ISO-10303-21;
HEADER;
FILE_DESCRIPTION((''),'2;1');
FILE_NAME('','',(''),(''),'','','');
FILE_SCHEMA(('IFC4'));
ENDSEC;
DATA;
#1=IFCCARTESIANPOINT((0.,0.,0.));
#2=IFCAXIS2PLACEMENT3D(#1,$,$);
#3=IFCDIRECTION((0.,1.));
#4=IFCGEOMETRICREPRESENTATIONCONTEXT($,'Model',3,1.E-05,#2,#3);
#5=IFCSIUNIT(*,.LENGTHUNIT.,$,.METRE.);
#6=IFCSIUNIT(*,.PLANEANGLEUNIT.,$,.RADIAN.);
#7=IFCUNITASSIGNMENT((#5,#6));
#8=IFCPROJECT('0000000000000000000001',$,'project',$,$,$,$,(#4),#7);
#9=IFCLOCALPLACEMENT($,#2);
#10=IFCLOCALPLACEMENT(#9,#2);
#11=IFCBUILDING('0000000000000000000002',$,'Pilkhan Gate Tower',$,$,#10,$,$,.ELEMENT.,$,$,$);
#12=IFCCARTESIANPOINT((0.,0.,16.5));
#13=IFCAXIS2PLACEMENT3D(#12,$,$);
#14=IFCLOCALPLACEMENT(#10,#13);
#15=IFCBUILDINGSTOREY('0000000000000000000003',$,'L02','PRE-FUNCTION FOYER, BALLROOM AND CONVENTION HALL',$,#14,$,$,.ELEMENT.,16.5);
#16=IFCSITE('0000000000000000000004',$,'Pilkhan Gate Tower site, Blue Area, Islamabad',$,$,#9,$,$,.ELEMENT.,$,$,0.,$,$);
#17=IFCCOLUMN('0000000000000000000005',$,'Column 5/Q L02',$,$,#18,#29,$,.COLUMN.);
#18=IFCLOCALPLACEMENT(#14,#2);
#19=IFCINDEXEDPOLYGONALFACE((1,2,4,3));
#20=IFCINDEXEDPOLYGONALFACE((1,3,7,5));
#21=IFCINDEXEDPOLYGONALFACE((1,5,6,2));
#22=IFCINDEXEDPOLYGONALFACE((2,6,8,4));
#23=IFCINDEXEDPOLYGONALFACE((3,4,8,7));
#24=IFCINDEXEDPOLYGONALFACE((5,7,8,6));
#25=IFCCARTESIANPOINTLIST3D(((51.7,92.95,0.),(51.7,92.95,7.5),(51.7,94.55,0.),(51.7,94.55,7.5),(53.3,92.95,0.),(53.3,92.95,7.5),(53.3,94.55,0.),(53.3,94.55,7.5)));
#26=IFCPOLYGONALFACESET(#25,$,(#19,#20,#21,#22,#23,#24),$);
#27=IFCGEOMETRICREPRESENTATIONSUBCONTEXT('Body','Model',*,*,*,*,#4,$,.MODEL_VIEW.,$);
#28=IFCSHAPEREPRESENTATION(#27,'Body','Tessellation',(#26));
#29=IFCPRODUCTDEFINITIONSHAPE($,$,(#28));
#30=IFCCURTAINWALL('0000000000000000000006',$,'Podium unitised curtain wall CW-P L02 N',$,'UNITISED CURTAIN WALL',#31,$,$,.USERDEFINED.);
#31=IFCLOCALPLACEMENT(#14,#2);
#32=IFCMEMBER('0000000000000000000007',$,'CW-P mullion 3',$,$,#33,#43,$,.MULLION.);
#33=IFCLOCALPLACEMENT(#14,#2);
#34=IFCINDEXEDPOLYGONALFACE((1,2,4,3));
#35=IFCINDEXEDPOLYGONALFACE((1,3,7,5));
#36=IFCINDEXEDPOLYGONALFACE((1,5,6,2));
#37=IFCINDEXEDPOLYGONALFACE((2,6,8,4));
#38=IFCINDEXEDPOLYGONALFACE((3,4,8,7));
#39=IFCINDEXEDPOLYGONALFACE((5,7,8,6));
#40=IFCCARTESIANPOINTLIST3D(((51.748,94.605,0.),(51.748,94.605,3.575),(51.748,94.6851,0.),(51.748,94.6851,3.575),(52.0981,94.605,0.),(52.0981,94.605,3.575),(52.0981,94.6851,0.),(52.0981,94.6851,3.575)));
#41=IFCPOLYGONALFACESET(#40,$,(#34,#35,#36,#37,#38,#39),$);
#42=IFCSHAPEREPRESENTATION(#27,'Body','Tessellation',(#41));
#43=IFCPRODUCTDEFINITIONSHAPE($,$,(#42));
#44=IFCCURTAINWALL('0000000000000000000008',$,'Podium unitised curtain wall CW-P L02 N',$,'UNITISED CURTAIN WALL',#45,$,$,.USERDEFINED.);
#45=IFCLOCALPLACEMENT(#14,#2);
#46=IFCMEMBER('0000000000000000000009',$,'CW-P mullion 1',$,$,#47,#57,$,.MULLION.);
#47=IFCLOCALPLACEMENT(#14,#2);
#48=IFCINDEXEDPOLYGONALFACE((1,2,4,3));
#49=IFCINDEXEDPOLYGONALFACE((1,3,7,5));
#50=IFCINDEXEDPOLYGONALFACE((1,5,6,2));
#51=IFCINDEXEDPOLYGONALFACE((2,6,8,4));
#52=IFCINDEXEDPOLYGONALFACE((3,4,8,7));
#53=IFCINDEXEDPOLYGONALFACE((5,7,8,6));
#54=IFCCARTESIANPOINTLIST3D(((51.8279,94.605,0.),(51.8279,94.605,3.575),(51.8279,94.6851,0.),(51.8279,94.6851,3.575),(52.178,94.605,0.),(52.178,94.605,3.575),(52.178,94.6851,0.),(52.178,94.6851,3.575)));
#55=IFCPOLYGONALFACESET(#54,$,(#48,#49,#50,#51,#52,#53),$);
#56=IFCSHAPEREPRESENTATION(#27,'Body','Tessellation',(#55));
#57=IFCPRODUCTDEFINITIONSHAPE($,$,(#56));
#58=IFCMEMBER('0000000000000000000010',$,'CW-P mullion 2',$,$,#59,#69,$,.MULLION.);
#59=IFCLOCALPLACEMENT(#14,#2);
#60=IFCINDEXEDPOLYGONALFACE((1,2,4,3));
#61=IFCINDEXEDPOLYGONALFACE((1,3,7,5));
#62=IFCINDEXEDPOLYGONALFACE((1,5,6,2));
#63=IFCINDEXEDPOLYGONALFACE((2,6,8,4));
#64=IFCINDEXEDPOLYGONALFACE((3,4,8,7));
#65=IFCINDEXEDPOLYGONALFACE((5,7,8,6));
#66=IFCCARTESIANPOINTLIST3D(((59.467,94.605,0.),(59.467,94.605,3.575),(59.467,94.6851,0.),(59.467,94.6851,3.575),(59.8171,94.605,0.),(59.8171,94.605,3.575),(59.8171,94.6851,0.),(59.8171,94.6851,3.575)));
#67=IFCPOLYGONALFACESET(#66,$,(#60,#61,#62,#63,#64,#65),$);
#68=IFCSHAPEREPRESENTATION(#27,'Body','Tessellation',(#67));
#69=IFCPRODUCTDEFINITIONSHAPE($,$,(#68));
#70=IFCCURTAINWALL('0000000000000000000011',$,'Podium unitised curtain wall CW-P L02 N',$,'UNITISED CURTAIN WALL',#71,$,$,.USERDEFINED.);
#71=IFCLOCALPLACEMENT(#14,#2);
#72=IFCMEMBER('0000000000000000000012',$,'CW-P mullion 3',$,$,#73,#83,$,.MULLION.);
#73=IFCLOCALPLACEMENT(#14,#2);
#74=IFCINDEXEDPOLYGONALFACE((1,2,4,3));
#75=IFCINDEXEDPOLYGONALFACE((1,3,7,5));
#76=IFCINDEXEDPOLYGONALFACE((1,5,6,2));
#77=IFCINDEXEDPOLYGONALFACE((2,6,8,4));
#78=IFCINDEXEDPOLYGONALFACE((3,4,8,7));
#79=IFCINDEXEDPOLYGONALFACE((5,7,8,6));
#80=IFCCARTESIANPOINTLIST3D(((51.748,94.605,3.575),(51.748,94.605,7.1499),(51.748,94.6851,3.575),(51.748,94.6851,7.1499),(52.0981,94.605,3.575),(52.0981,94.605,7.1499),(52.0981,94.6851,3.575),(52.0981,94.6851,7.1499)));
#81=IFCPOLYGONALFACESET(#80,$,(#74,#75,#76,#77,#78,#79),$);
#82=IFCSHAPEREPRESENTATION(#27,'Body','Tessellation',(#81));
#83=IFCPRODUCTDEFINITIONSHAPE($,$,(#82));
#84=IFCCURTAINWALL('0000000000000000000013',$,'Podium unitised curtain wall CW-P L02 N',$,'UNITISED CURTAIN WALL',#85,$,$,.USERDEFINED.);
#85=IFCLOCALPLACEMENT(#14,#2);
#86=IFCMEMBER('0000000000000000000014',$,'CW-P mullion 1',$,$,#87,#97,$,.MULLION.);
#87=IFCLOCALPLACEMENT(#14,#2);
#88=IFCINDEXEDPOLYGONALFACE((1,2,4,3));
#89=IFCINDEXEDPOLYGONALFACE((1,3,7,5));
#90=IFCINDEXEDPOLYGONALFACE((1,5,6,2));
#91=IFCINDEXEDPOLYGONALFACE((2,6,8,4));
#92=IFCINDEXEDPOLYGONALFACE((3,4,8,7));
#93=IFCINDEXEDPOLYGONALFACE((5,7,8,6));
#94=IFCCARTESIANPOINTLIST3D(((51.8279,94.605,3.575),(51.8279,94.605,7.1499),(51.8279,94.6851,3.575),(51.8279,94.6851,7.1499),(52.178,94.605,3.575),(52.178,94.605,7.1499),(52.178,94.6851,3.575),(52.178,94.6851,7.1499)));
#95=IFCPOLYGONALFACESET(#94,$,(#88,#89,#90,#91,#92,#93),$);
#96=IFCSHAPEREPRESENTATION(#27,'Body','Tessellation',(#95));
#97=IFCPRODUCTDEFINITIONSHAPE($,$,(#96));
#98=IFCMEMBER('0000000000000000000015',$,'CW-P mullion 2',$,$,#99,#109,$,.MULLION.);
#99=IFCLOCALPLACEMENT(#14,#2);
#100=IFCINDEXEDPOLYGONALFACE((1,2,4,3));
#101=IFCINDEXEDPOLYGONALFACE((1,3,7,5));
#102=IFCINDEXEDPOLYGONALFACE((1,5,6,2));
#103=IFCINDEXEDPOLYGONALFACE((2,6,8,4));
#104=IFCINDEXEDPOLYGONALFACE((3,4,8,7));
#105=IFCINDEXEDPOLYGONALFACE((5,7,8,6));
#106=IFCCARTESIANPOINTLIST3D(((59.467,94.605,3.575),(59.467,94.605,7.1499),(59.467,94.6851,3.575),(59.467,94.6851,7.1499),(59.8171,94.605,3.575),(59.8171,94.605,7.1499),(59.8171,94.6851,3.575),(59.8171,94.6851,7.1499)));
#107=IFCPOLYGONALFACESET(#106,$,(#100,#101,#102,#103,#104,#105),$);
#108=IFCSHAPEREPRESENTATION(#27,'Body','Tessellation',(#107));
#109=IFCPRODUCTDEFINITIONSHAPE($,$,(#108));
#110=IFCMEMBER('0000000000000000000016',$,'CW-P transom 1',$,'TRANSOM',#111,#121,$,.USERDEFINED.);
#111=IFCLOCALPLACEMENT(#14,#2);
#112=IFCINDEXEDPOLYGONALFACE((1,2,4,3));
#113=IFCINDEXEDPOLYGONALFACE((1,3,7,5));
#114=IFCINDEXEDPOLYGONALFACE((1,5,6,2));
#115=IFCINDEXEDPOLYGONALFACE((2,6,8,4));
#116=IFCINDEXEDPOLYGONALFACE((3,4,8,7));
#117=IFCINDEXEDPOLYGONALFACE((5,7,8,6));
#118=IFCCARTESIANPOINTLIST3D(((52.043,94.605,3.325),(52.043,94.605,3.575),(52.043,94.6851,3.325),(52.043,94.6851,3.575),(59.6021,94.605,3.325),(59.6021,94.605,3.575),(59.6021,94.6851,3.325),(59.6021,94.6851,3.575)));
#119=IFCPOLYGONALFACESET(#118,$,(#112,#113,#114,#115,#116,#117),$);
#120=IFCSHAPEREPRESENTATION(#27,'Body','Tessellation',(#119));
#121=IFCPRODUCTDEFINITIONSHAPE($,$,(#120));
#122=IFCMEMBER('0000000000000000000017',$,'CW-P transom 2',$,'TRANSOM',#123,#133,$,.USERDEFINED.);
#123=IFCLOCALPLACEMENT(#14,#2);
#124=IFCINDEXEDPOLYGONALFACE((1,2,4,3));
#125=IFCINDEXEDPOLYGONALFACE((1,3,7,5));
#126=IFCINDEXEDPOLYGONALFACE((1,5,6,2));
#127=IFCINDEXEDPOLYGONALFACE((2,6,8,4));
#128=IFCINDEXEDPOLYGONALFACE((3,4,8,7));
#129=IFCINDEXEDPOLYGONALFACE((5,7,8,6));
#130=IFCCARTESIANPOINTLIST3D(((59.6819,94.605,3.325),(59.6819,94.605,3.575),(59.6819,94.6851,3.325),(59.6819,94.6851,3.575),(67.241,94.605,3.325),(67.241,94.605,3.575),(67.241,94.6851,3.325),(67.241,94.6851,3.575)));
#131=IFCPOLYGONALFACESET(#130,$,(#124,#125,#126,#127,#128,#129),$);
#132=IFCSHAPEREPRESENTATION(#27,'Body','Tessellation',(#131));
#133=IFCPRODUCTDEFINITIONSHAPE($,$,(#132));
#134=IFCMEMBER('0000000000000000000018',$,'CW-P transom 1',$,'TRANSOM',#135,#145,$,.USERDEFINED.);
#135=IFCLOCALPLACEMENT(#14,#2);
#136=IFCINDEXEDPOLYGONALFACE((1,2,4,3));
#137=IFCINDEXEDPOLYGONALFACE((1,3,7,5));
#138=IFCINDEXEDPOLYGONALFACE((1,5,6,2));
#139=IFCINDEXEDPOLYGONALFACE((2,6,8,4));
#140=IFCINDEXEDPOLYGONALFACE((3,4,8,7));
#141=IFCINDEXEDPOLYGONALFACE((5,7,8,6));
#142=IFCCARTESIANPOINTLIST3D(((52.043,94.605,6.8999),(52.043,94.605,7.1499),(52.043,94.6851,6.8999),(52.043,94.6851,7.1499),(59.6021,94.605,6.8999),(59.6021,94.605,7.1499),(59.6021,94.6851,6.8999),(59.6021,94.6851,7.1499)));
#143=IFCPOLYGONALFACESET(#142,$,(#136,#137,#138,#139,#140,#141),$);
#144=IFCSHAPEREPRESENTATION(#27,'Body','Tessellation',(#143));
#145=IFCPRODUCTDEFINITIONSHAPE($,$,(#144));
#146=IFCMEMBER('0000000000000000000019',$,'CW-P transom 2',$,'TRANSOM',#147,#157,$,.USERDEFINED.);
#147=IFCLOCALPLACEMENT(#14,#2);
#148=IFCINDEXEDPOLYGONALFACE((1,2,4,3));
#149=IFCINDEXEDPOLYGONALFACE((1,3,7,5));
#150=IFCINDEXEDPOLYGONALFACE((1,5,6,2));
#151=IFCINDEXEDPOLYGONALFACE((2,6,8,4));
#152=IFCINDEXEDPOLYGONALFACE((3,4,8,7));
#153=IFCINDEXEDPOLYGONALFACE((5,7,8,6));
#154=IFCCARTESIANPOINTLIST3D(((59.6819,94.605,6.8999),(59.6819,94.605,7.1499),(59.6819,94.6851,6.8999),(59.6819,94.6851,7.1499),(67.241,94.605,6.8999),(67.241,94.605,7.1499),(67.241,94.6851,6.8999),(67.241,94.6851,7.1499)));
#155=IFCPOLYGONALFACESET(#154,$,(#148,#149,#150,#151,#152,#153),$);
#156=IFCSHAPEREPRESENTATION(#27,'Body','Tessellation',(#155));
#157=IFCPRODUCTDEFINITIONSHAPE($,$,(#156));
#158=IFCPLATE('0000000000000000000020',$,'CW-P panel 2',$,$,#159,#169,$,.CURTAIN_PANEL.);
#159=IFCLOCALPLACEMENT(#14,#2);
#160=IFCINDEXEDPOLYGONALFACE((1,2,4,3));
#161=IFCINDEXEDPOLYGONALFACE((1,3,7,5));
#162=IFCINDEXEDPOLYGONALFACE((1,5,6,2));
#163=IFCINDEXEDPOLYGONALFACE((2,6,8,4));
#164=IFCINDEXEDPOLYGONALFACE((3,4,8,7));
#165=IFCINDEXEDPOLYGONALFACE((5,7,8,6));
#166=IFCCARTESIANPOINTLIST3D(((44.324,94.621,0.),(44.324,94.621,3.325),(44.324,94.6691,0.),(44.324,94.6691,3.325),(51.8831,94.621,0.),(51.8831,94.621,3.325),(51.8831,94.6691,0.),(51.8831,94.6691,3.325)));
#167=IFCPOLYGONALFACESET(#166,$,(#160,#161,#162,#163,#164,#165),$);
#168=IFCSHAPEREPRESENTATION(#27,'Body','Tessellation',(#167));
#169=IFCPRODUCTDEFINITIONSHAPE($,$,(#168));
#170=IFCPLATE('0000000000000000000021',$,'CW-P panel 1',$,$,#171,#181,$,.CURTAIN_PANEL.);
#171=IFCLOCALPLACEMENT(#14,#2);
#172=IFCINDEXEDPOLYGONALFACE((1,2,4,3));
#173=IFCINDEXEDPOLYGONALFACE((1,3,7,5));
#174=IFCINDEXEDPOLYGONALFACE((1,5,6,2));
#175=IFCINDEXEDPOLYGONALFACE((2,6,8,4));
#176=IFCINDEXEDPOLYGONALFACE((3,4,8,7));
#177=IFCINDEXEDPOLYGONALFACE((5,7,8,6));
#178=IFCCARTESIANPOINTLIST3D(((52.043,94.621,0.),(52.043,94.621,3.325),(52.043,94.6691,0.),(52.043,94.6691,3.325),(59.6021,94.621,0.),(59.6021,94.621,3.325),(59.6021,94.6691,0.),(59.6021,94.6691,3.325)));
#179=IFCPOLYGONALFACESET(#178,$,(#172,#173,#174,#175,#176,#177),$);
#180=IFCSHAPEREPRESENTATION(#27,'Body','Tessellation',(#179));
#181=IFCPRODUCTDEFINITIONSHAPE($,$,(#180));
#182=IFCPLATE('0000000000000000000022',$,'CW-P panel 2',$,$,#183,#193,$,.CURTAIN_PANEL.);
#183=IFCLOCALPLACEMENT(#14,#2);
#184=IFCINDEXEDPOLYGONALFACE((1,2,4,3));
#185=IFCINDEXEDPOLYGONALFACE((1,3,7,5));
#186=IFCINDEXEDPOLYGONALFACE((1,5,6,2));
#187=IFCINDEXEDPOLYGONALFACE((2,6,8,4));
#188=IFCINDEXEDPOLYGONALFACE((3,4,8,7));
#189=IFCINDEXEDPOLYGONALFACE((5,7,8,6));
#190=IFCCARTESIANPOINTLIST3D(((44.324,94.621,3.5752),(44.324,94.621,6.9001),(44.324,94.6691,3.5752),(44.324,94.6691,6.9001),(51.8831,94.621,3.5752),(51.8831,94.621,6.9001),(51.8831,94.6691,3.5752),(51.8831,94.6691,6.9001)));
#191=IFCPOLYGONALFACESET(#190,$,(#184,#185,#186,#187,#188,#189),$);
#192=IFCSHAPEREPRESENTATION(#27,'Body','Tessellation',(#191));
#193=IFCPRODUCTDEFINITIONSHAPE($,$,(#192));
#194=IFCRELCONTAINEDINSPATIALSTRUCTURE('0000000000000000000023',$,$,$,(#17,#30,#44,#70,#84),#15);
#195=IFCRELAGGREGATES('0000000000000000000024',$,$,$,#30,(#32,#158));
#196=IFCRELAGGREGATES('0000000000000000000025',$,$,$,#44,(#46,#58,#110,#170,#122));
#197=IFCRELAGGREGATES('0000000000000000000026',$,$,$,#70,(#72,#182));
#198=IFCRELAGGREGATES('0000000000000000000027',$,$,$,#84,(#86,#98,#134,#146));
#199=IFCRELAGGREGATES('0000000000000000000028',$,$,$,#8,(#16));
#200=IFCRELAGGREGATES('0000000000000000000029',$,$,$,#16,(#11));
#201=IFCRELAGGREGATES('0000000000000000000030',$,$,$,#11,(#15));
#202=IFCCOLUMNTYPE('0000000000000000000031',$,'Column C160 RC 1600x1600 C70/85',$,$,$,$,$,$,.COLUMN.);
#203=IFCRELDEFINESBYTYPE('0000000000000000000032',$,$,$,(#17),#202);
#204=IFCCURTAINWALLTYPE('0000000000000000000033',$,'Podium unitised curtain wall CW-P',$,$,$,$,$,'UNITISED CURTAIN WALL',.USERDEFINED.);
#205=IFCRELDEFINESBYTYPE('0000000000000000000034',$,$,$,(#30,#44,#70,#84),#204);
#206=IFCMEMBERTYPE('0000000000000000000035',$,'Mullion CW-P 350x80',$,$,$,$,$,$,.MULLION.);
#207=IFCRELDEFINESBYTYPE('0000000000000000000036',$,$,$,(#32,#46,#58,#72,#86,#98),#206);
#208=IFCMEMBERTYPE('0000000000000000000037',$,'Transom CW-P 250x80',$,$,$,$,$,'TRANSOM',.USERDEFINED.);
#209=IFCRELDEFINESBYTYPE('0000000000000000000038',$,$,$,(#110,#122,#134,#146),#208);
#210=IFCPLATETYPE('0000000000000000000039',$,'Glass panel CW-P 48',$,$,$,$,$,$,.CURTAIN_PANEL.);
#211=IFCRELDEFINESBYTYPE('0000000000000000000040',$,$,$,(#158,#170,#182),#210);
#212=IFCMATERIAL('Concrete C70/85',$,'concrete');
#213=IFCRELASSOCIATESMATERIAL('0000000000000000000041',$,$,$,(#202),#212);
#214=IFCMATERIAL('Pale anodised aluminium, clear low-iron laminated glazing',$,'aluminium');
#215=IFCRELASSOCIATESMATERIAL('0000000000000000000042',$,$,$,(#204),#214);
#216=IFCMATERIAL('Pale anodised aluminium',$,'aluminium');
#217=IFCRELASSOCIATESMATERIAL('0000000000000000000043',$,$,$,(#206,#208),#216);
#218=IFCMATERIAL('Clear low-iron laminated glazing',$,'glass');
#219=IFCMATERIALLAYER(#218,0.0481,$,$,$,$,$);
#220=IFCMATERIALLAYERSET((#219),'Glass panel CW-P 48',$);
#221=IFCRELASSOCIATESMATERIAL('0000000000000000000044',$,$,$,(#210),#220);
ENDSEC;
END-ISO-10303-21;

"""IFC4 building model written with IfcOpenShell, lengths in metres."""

from ifc_helpers import new_model, si_unit, direction, frame, origin, origin_2d, place, context, subcontext, project, spatial, rectangle, extrude, material, layer, layer_set, material_profile, profile_set, type_object, element, aggregate, save


model = new_model("IFC4")

# Units and contexts
model_context = context("Model", 3, precision=1e-05, world=origin(), true_north=direction((0.0, 1.0)))
body_context = subcontext(model_context, "Body", "Model", "MODEL_VIEW")
ifc_project = project(units=[si_unit("LENGTHUNIT", "METRE"), si_unit("PLANEANGLEUNIT", "RADIAN")], contexts=[model_context])

# Site, building, storey
site_placement = place(None, origin())
site = spatial("IfcSite", under=ifc_project, at=site_placement, Name="Pilkhan Gate Tower site, Blue Area, Islamabad", CompositionType="ELEMENT", RefElevation=0.0)
building_placement = place(site_placement, origin())
building = spatial("IfcBuilding", under=site, at=building_placement, Name="Pilkhan Gate Tower", CompositionType="ELEMENT")
storey_placement = place(building_placement, frame((0.0, 0.0, 16.5)))
storey = spatial("IfcBuildingStorey", under=building, at=storey_placement, Name="L02", Description="PRE-FUNCTION FOYER, BALLROOM AND CONVENTION HALL", CompositionType="ELEMENT", Elevation=16.5)

# Column
ifc_material_1 = material(Name="Concrete C70/85", Category="concrete")
ifc_material_profile_1 = material_profile(ifc_material_1, rectangle(XDim=1.6001, YDim=1.6001, at=origin_2d()), Name="RC 1600x1600")
ifc_profile_set_1 = profile_set([ifc_material_profile_1], Name="Concrete C70/85")
column_type = type_object("IfcColumnType", Name="Column C160 RC 1600x1600 C70/85", PredefinedType="COLUMN", material=ifc_profile_set_1)
column_placement = place(storey_placement, frame((52.5, 93.75, 0.0), z_axis=(0.0, 0.0, 1.0), x_axis=(1.0, 0.0, 0.0)))
element("IfcColumn", 1, at=column_placement, inside=storey, type_object=column_type, Name="Column 5/Q L02", PredefinedType="COLUMN", context=body_context, shape_type="SweptSolid", body=[
    extrude(rectangle(XDim=1.6001, YDim=1.6001, at=origin_2d()), origin(), (0.0, 0.0, 1.0), 7.5),
])

# Curtain wall, member
ifc_material_2 = material(Name="Pale anodised aluminium, clear low-iron laminated glazing", Category="aluminium")
curtain_wall_type = type_object("IfcCurtainWallType", Name="Podium unitised curtain wall CW-P", ElementType="UNITISED CURTAIN WALL", PredefinedType="USERDEFINED", material=ifc_material_2)
curtain_wall_1_placement = place(storey_placement, origin())
curtain_wall_1 = element("IfcCurtainWall", 2, at=curtain_wall_1_placement, inside=storey, type_object=curtain_wall_type, Name="Podium unitised curtain wall CW-P L02 N", ObjectType="UNITISED CURTAIN WALL", PredefinedType="USERDEFINED")
ifc_material_3 = material(Name="Pale anodised aluminium", Category="aluminium")
ifc_material_profile_2 = material_profile(ifc_material_3, rectangle(XDim=0.0801, YDim=0.3501, at=origin_2d()), Name="Mullion 350x80")
ifc_profile_set_2 = profile_set([ifc_material_profile_2], Name="Pale anodised aluminium")
member_type_1 = type_object("IfcMemberType", Name="Mullion CW-P 350x80", PredefinedType="MULLION", material=ifc_profile_set_2)
member_1_placement = place(storey_placement, frame((51.9231, 94.645, 0.0), z_axis=(0.0, 0.0, 1.0), x_axis=(0.0, 1.0, 0.0)))
member_1 = element("IfcMember", 3, at=member_1_placement, type_object=member_type_1, Name="CW-P mullion 3", PredefinedType="MULLION", context=body_context, shape_type="SweptSolid", body=[
    extrude(rectangle(XDim=0.0801, YDim=0.3501, at=origin_2d()), origin(), (0.0, 0.0, 1.0), 3.575),
])

# Curtain wall, members
curtain_wall_2_placement = place(storey_placement, origin())
curtain_wall_2 = element("IfcCurtainWall", 4, at=curtain_wall_2_placement, inside=storey, type_object=curtain_wall_type, Name="Podium unitised curtain wall CW-P L02 N", ObjectType="UNITISED CURTAIN WALL", PredefinedType="USERDEFINED")
member_2_placement = place(storey_placement, frame((52.0029, 94.645, 0.0), z_axis=(0.0, 0.0, 1.0), x_axis=(0.0, 1.0, 0.0)))
member_2 = element("IfcMember", 5, at=member_2_placement, type_object=member_type_1, Name="CW-P mullion 1", PredefinedType="MULLION", context=body_context, shape_type="SweptSolid", body=[
    extrude(rectangle(XDim=0.0801, YDim=0.3501, at=origin_2d()), origin(), (0.0, 0.0, 1.0), 3.575),
])
member_3_placement = place(storey_placement, frame((59.6421, 94.645, 0.0), z_axis=(0.0, 0.0, 1.0), x_axis=(0.0, 1.0, 0.0)))
member_3 = element("IfcMember", 6, at=member_3_placement, type_object=member_type_1, Name="CW-P mullion 2", PredefinedType="MULLION", context=body_context, shape_type="SweptSolid", body=[
    extrude(rectangle(XDim=0.0801, YDim=0.3501, at=origin_2d()), origin(), (0.0, 0.0, 1.0), 3.575),
])

# Curtain wall, member
curtain_wall_3_placement = place(storey_placement, origin())
curtain_wall_3 = element("IfcCurtainWall", 7, at=curtain_wall_3_placement, inside=storey, type_object=curtain_wall_type, Name="Podium unitised curtain wall CW-P L02 N", ObjectType="UNITISED CURTAIN WALL", PredefinedType="USERDEFINED")
member_4_placement = place(storey_placement, frame((51.9231, 94.645, 3.575), z_axis=(0.0, 0.0, 1.0), x_axis=(0.0, 1.0, 0.0)))
member_4 = element("IfcMember", 8, at=member_4_placement, type_object=member_type_1, Name="CW-P mullion 3", PredefinedType="MULLION", context=body_context, shape_type="SweptSolid", body=[
    extrude(rectangle(XDim=0.0801, YDim=0.3501, at=origin_2d()), origin(), (0.0, 0.0, 1.0), 3.575),
])

# Curtain wall, members
curtain_wall_4_placement = place(storey_placement, origin())
curtain_wall_4 = element("IfcCurtainWall", 9, at=curtain_wall_4_placement, inside=storey, type_object=curtain_wall_type, Name="Podium unitised curtain wall CW-P L02 N", ObjectType="UNITISED CURTAIN WALL", PredefinedType="USERDEFINED")
member_5_placement = place(storey_placement, frame((52.0029, 94.645, 3.575), z_axis=(0.0, 0.0, 1.0), x_axis=(0.0, 1.0, 0.0)))
member_5 = element("IfcMember", 10, at=member_5_placement, type_object=member_type_1, Name="CW-P mullion 1", PredefinedType="MULLION", context=body_context, shape_type="SweptSolid", body=[
    extrude(rectangle(XDim=0.0801, YDim=0.3501, at=origin_2d()), origin(), (0.0, 0.0, 1.0), 3.575),
])
member_6_placement = place(storey_placement, frame((59.6421, 94.645, 3.575), z_axis=(0.0, 0.0, 1.0), x_axis=(0.0, 1.0, 0.0)))
member_6 = element("IfcMember", 11, at=member_6_placement, type_object=member_type_1, Name="CW-P mullion 2", PredefinedType="MULLION", context=body_context, shape_type="SweptSolid", body=[
    extrude(rectangle(XDim=0.0801, YDim=0.3501, at=origin_2d()), origin(), (0.0, 0.0, 1.0), 3.575),
])

# Members
ifc_material_profile_3 = material_profile(ifc_material_3, rectangle(XDim=0.0801, YDim=0.25, at=origin_2d()), Name="Transom 250x80")
ifc_profile_set_3 = profile_set([ifc_material_profile_3], Name="Pale anodised aluminium")
member_type_2 = type_object("IfcMemberType", Name="Transom CW-P 250x80", ElementType="TRANSOM", PredefinedType="USERDEFINED", material=ifc_profile_set_3)
member_7_placement = place(storey_placement, frame((52.043, 94.645, 3.45), z_axis=(1.0, 0.0, 0.0), x_axis=(0.0, 1.0, 0.0)))
member_7 = element("IfcMember", 12, at=member_7_placement, type_object=member_type_2, Name="CW-P transom 1", ObjectType="TRANSOM", PredefinedType="USERDEFINED", context=body_context, shape_type="SweptSolid", body=[
    extrude(rectangle(XDim=0.0801, YDim=0.25, at=origin_2d()), origin(), (0.0, 0.0, 1.0), 7.5591),
])
member_8_placement = place(storey_placement, frame((59.6819, 94.645, 3.45), z_axis=(1.0, 0.0, 0.0), x_axis=(0.0, 1.0, 0.0)))
member_8 = element("IfcMember", 13, at=member_8_placement, type_object=member_type_2, Name="CW-P transom 2", ObjectType="TRANSOM", PredefinedType="USERDEFINED", context=body_context, shape_type="SweptSolid", body=[
    extrude(rectangle(XDim=0.0801, YDim=0.25, at=origin_2d()), origin(), (0.0, 0.0, 1.0), 7.5591),
])
member_9_placement = place(storey_placement, frame((52.043, 94.645, 7.0249), z_axis=(1.0, 0.0, 0.0), x_axis=(0.0, 1.0, 0.0)))
member_9 = element("IfcMember", 14, at=member_9_placement, type_object=member_type_2, Name="CW-P transom 1", ObjectType="TRANSOM", PredefinedType="USERDEFINED", context=body_context, shape_type="SweptSolid", body=[
    extrude(rectangle(XDim=0.0801, YDim=0.25, at=origin_2d()), origin(), (0.0, 0.0, 1.0), 7.5591),
])
member_10_placement = place(storey_placement, frame((59.6819, 94.645, 7.0249), z_axis=(1.0, 0.0, 0.0), x_axis=(0.0, 1.0, 0.0)))
member_10 = element("IfcMember", 15, at=member_10_placement, type_object=member_type_2, Name="CW-P transom 2", ObjectType="TRANSOM", PredefinedType="USERDEFINED", context=body_context, shape_type="SweptSolid", body=[
    extrude(rectangle(XDim=0.0801, YDim=0.25, at=origin_2d()), origin(), (0.0, 0.0, 1.0), 7.5591),
])

# Plates
ifc_material_4 = material(Name="Clear low-iron laminated glazing", Category="glass")
ifc_layer_1 = layer(ifc_material_4, 0.0481)
ifc_layer_set_1 = layer_set([ifc_layer_1], Name="Glass panel CW-P 48")
plate_type = type_object("IfcPlateType", Name="Glass panel CW-P 48", PredefinedType="CURTAIN_PANEL", material=ifc_layer_set_1)
plate_1_placement = place(storey_placement, frame((48.1035, 94.645, 0.0), z_axis=(0.0, 0.0, 1.0), x_axis=(1.0, 0.0, 0.0)))
plate_1 = element("IfcPlate", 16, at=plate_1_placement, type_object=plate_type, Name="CW-P panel 2", PredefinedType="CURTAIN_PANEL", context=body_context, shape_type="SweptSolid", body=[
    extrude(rectangle(XDim=7.5591, YDim=0.0481, at=origin_2d()), origin(), (0.0, 0.0, 1.0), 3.325),
])
aggregate(curtain_wall_1, [member_1, plate_1])
plate_2_placement = place(storey_placement, frame((55.8225, 94.645, 0.0), z_axis=(0.0, 0.0, 1.0), x_axis=(1.0, 0.0, 0.0)))
plate_2 = element("IfcPlate", 17, at=plate_2_placement, type_object=plate_type, Name="CW-P panel 1", PredefinedType="CURTAIN_PANEL", context=body_context, shape_type="SweptSolid", body=[
    extrude(rectangle(XDim=7.5591, YDim=0.0481, at=origin_2d()), origin(), (0.0, 0.0, 1.0), 3.325),
])
aggregate(curtain_wall_2, [member_2, member_3, member_7, plate_2, member_8])
plate_3_placement = place(storey_placement, frame((48.1035, 94.645, 3.5752), z_axis=(0.0, 0.0, 1.0), x_axis=(1.0, 0.0, 0.0)))
plate_3 = element("IfcPlate", 18, at=plate_3_placement, type_object=plate_type, Name="CW-P panel 2", PredefinedType="CURTAIN_PANEL", context=body_context, shape_type="SweptSolid", body=[
    extrude(rectangle(XDim=7.5591, YDim=0.0481, at=origin_2d()), origin(), (0.0, 0.0, 1.0), 3.325),
])
aggregate(curtain_wall_3, [member_4, plate_3])
aggregate(curtain_wall_4, [member_5, member_6, member_9, member_10])

save(model, "model.ifc")
